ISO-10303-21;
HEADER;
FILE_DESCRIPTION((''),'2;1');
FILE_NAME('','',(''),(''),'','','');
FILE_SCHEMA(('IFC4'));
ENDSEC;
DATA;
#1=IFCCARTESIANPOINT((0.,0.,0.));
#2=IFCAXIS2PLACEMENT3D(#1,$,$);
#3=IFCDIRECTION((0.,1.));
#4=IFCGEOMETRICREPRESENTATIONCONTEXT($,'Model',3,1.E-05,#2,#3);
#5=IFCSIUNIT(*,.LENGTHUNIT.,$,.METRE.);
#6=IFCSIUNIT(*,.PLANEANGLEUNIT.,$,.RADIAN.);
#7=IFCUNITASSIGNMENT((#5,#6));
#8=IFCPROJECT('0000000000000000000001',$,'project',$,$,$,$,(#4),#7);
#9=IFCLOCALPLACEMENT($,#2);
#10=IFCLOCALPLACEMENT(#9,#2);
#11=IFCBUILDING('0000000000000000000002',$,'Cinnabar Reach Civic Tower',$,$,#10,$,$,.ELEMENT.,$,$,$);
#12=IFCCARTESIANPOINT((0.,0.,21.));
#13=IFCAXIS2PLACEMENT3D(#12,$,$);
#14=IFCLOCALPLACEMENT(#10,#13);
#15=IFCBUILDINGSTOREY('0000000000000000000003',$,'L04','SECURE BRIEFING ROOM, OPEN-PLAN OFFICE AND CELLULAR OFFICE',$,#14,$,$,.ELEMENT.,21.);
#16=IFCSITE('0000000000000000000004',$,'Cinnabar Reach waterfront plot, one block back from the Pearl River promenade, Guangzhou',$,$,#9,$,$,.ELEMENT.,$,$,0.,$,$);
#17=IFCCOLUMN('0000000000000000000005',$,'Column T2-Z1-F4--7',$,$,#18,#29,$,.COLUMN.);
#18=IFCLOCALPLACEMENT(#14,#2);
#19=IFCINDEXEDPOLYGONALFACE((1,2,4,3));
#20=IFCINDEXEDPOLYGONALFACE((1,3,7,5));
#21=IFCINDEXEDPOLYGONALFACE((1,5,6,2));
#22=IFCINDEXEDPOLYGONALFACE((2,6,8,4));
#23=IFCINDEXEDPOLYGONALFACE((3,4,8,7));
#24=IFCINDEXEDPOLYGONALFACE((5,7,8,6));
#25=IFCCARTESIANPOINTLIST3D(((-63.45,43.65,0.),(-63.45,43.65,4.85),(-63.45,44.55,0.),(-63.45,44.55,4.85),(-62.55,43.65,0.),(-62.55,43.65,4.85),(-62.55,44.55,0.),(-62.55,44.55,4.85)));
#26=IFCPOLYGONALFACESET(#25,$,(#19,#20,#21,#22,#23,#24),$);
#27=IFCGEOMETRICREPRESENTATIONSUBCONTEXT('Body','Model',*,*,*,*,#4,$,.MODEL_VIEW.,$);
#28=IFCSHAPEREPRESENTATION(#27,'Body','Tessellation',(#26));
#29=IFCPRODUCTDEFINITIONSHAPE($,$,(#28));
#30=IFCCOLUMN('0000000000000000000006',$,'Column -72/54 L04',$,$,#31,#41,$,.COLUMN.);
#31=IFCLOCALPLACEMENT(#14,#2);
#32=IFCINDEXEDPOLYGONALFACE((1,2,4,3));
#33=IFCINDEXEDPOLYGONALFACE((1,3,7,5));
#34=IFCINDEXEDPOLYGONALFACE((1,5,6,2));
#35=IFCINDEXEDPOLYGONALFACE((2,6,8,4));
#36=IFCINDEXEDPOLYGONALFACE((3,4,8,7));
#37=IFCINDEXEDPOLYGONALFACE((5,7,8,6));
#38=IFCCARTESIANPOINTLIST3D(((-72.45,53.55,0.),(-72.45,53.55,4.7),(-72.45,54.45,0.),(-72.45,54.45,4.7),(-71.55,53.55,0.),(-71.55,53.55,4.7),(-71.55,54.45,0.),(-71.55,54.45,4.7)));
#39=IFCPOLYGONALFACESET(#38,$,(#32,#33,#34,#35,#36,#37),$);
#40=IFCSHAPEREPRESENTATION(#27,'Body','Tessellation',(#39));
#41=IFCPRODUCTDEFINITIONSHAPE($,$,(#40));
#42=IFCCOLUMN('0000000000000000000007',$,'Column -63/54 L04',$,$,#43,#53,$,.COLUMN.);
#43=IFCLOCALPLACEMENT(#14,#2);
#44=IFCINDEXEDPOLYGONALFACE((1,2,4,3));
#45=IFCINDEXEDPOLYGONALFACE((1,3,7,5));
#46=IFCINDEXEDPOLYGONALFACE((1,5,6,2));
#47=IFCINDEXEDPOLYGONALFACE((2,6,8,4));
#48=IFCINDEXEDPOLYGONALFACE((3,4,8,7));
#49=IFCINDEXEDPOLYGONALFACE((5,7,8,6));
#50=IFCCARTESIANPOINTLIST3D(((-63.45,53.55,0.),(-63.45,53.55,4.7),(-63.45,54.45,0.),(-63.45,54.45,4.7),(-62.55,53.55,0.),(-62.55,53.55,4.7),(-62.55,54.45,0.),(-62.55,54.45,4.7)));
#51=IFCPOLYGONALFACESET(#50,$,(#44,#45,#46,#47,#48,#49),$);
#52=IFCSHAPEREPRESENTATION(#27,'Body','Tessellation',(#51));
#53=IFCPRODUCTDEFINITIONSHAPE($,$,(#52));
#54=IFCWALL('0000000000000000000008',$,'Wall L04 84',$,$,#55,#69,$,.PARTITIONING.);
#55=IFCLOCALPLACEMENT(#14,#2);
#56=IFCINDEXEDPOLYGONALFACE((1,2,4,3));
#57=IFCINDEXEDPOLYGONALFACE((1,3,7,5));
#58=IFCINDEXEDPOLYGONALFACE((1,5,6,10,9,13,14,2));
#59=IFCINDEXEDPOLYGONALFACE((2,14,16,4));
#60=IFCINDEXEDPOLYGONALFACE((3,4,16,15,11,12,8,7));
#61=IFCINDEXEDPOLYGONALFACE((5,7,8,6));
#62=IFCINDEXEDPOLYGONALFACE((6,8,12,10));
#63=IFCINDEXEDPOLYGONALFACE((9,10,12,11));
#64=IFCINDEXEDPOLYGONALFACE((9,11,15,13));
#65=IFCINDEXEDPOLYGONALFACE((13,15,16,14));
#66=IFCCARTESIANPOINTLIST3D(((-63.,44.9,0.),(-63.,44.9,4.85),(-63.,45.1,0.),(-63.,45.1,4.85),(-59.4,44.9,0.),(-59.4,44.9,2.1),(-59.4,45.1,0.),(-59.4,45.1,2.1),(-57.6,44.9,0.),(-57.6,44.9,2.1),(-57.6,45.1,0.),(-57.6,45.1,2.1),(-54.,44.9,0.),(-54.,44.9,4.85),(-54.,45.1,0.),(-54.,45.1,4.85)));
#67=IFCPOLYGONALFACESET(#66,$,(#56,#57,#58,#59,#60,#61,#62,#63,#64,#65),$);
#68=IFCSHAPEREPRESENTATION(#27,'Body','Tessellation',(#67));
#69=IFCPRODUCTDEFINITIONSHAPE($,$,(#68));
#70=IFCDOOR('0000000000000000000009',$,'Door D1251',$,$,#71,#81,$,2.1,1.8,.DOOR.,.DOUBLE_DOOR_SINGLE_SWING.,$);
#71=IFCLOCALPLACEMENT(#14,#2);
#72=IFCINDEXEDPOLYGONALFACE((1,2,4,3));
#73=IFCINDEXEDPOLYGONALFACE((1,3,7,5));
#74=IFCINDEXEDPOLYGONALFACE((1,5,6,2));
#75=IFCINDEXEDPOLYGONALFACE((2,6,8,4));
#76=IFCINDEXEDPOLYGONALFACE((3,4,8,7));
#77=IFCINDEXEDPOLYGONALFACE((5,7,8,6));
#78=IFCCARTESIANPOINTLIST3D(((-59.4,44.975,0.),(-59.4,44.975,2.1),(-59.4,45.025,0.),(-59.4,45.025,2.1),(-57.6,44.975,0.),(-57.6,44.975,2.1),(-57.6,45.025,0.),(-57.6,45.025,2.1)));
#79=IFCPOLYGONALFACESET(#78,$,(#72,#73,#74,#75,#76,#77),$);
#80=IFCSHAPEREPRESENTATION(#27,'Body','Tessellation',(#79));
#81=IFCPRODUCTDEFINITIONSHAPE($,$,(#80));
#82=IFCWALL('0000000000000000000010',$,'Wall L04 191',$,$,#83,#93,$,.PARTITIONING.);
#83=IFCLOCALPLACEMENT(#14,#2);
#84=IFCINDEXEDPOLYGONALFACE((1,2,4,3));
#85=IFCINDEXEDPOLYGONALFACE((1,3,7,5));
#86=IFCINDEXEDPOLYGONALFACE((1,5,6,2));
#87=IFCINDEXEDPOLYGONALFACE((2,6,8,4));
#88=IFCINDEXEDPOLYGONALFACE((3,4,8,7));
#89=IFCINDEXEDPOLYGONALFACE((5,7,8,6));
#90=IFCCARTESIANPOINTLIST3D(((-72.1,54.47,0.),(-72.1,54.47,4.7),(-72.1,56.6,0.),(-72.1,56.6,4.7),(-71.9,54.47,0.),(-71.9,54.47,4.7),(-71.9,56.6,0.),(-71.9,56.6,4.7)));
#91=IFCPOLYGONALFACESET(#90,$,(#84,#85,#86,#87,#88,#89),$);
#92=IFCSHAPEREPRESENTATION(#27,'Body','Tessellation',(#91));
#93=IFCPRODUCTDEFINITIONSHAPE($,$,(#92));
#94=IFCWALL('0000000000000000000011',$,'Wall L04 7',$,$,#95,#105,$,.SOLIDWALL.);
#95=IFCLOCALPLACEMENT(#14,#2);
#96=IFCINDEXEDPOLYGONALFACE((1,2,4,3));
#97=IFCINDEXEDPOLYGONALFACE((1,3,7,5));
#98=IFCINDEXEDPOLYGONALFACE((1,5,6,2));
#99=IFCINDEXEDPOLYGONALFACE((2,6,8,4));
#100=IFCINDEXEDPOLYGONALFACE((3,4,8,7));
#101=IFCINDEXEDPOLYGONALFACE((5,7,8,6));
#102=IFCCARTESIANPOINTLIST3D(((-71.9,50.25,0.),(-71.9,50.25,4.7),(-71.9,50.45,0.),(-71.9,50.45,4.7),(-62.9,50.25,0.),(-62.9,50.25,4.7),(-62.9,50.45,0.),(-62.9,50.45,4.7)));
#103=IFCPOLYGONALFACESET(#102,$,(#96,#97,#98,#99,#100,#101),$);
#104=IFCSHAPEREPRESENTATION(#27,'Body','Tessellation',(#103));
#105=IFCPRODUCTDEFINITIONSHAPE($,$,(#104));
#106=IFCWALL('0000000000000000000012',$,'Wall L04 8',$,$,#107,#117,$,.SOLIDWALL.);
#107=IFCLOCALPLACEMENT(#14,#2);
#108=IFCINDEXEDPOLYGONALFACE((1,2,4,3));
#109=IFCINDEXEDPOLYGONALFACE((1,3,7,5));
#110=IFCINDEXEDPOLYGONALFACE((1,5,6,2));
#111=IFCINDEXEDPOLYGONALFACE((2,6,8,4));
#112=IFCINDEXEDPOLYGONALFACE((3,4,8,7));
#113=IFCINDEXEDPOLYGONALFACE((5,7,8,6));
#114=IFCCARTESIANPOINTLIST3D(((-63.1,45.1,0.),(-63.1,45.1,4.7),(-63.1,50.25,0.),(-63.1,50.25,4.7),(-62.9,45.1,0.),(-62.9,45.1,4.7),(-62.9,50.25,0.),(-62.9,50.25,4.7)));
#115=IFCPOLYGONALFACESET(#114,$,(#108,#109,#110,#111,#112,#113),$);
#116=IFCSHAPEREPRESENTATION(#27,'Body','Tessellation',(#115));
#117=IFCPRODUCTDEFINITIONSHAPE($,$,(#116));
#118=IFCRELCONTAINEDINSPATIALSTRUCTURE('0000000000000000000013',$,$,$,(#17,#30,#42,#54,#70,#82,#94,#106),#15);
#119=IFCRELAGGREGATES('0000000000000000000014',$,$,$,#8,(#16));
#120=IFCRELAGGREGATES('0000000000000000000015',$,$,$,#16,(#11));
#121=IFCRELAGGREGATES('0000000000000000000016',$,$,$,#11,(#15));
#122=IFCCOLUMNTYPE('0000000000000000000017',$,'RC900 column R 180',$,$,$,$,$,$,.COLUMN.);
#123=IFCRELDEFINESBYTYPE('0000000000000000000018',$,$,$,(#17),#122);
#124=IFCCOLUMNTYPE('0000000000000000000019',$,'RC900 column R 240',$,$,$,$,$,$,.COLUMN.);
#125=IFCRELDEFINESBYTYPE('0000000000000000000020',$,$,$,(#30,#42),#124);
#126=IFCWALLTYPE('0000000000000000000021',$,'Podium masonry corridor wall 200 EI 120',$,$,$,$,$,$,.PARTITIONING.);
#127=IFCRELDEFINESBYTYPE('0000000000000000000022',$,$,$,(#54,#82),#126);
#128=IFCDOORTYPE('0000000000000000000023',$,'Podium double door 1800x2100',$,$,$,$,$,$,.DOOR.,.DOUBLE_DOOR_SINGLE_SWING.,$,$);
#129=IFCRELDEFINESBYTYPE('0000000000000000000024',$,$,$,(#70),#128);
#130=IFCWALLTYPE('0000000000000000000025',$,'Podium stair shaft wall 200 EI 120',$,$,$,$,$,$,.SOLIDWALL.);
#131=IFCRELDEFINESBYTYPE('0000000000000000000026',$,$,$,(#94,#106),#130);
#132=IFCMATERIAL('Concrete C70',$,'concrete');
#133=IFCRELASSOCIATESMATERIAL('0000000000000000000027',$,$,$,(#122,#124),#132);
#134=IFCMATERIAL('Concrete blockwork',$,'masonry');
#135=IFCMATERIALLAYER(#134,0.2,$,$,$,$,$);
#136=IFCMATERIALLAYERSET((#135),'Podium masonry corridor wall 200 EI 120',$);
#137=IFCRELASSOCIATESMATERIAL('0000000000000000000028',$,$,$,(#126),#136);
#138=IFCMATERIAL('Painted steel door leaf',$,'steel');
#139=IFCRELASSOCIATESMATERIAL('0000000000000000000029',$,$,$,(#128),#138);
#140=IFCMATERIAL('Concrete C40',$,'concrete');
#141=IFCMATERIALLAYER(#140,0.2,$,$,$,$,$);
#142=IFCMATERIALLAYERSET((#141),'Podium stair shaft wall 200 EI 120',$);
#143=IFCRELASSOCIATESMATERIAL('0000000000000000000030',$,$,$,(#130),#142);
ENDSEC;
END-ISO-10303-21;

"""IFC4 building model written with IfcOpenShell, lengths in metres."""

from ifc_helpers import new_model, si_unit, direction, frame, frame_2d, origin, origin_2d, place, context, subcontext, project, spatial, rectangle, extrude, material, layer, layer_set, material_profile, profile_set, type_object, element, fill, save


model = new_model("IFC4")

# Units and contexts
model_context = context("Model", 3, precision=1e-05, world=origin(), true_north=direction((0.0, 1.0)))
body_context = subcontext(model_context, "Body", "Model", "MODEL_VIEW")
ifc_project = project(units=[si_unit("LENGTHUNIT", "METRE"), si_unit("PLANEANGLEUNIT", "RADIAN")], contexts=[model_context])

# Site, building, storey
site_placement = place(None, origin())
site = spatial("IfcSite", under=ifc_project, at=site_placement, Name="Cinnabar Reach waterfront plot, one block back from the Pearl River promenade, Guangzhou", CompositionType="ELEMENT", RefElevation=0.0)
building_placement = place(site_placement, origin())
building = spatial("IfcBuilding", under=site, at=building_placement, Name="Cinnabar Reach Civic Tower", CompositionType="ELEMENT")
storey_placement = place(building_placement, frame((0.0, 0.0, 21.0)))
storey = spatial("IfcBuildingStorey", under=building, at=storey_placement, Name="L04", Description="SECURE BRIEFING ROOM, OPEN-PLAN OFFICE AND CELLULAR OFFICE", CompositionType="ELEMENT", Elevation=21.0)

# Columns
ifc_material_1 = material(Name="Concrete C70", Category="concrete")
ifc_material_profile_1 = material_profile(ifc_material_1, rectangle(XDim=0.9, YDim=0.9, at=origin_2d()), Name="RC900")
ifc_profile_set_1 = profile_set([ifc_material_profile_1], Name="Concrete C70")
column_type_1 = type_object("IfcColumnType", Name="RC900 column R 180", PredefinedType="COLUMN", material=ifc_profile_set_1)
column_placement = place(storey_placement, frame((-63.0, 44.1, 0.0), z_axis=(0.0, 0.0, 1.0), x_axis=(1.0, 0.0, 0.0)))
element("IfcColumn", 1, at=column_placement, inside=storey, type_object=column_type_1, Name="Column T2-Z1-F4--7", PredefinedType="COLUMN", context=body_context, shape_type="SweptSolid", body=[
    extrude(rectangle(XDim=0.9, YDim=0.9, at=origin_2d()), origin(), (0.0, 0.0, 1.0), 4.85),
])
ifc_material_profile_2 = material_profile(ifc_material_1, rectangle(XDim=0.9, YDim=0.9, at=origin_2d()), Name="RC900")
ifc_profile_set_2 = profile_set([ifc_material_profile_2], Name="Concrete C70")
column_type_2 = type_object("IfcColumnType", Name="RC900 column R 240", PredefinedType="COLUMN", material=ifc_profile_set_2)
for number, where, z_axis, x_axis, name in (
    (2, (-72.0, 54.0, 0.0), (0.0, 0.0, 1.0), (1.0, 0.0, 0.0), "Column -72/54 L04"),
    (3, (-63.0, 54.0, 0.0), (0.0, 0.0, 1.0), (1.0, 0.0, 0.0), "Column -63/54 L04"),
):
    element("IfcColumn", number, at=place(storey_placement, frame(where, z_axis=z_axis, x_axis=x_axis)), inside=storey, type_object=column_type_2, Name=name, PredefinedType="COLUMN", context=body_context, shape_type="SweptSolid", body=[
        extrude(rectangle(XDim=0.9, YDim=0.9, at=origin_2d()), origin(), (0.0, 0.0, 1.0), 4.7),
    ])

# Wall, opening, door
ifc_material_2 = material(Name="Concrete blockwork", Category="masonry")
ifc_layer_1 = layer(ifc_material_2, 0.2)
ifc_layer_set_1 = layer_set([ifc_layer_1], Name="Podium masonry corridor wall 200 EI 120")
wall_type_1 = type_object("IfcWallType", Name="Podium masonry corridor wall 200 EI 120", PredefinedType="PARTITIONING", material=ifc_layer_set_1)
wall_1_placement = place(storey_placement, frame((-63.0, 45.0, 0.0), z_axis=(0.0, 0.0, 1.0), x_axis=(1.0, 0.0, 0.0)))
wall_1 = element("IfcWall", 4, at=wall_1_placement, inside=storey, type_object=wall_type_1, Name="Wall L04 84", PredefinedType="PARTITIONING", context=body_context, shape_type="SweptSolid", body=[
    extrude(rectangle(XDim=9.0, YDim=0.2, at=frame_2d((4.5, 0.0))), origin(), (0.0, 0.0, 1.0), 4.85),
])
opening_placement = place(wall_1_placement, frame((3.6, 0.0, 0.0)))
opening = element("IfcOpeningElement", 5, at=opening_placement, cuts=wall_1, PredefinedType="OPENING", context=body_context, shape_type="SweptSolid", body=[
    extrude(rectangle(XDim=1.8, YDim=2.1, at=frame_2d((0.9, 1.05))), frame((0.0, 0.11, 0.0), z_axis=(0.0, -1.0, 0.0), x_axis=(1.0, 0.0, 0.0)), (0.0, 0.0, 1.0), 0.22),
])
ifc_material_3 = material(Name="Painted steel door leaf", Category="steel")
door_type = type_object("IfcDoorType", Name="Podium double door 1800x2100", OperationType="DOUBLE_DOOR_SINGLE_SWING", PredefinedType="DOOR", material=ifc_material_3)
door_placement = place(opening_placement, origin())
door = element("IfcDoor", 6, at=door_placement, inside=storey, type_object=door_type, Name="Door D1251", OperationType="DOUBLE_DOOR_SINGLE_SWING", OverallHeight=2.1, OverallWidth=1.8, PredefinedType="DOOR", context=body_context, shape_type="SweptSolid", body=[
    extrude(rectangle(XDim=1.8, YDim=2.1, at=frame_2d((0.9, 1.05))), frame((0.0, 0.025, 0.0), z_axis=(0.0, -1.0, 0.0), x_axis=(1.0, 0.0, 0.0)), (0.0, 0.0, 1.0), 0.05),
])
fill(opening, door)

# Walls
wall_2_placement = place(storey_placement, frame((-72.0, 54.47, 0.0), z_axis=(0.0, 0.0, 1.0), x_axis=(0.0, 1.0, 0.0)))
element("IfcWall", 7, at=wall_2_placement, inside=storey, type_object=wall_type_1, Name="Wall L04 191", PredefinedType="PARTITIONING", context=body_context, shape_type="SweptSolid", body=[
    extrude(rectangle(XDim=2.13, YDim=0.2, at=frame_2d((1.065, 0.0))), origin(), (0.0, 0.0, 1.0), 4.7),
])
ifc_material_4 = material(Name="Concrete C40", Category="concrete")
ifc_layer_2 = layer(ifc_material_4, 0.2)
ifc_layer_set_2 = layer_set([ifc_layer_2], Name="Podium stair shaft wall 200 EI 120")
wall_type_2 = type_object("IfcWallType", Name="Podium stair shaft wall 200 EI 120", PredefinedType="SOLIDWALL", material=ifc_layer_set_2)
wall_3_placement = place(storey_placement, frame((-71.9, 50.35, 0.0), z_axis=(0.0, 0.0, 1.0), x_axis=(1.0, 0.0, 0.0)))
element("IfcWall", 8, at=wall_3_placement, inside=storey, type_object=wall_type_2, Name="Wall L04 7", PredefinedType="SOLIDWALL", context=body_context, shape_type="SweptSolid", body=[
    extrude(rectangle(XDim=9.0, YDim=0.2, at=frame_2d((4.5, 0.0))), origin(), (0.0, 0.0, 1.0), 4.7),
])
wall_4_placement = place(storey_placement, frame((-63.0, 45.1, 0.0), z_axis=(0.0, 0.0, 1.0), x_axis=(0.0, 1.0, 0.0)))
element("IfcWall", 9, at=wall_4_placement, inside=storey, type_object=wall_type_2, Name="Wall L04 8", PredefinedType="SOLIDWALL", context=body_context, shape_type="SweptSolid", body=[
    extrude(rectangle(XDim=5.15, YDim=0.2, at=frame_2d((2.575, 0.0))), origin(), (0.0, 0.0, 1.0), 4.7),
])

save(model, "model.ifc")
